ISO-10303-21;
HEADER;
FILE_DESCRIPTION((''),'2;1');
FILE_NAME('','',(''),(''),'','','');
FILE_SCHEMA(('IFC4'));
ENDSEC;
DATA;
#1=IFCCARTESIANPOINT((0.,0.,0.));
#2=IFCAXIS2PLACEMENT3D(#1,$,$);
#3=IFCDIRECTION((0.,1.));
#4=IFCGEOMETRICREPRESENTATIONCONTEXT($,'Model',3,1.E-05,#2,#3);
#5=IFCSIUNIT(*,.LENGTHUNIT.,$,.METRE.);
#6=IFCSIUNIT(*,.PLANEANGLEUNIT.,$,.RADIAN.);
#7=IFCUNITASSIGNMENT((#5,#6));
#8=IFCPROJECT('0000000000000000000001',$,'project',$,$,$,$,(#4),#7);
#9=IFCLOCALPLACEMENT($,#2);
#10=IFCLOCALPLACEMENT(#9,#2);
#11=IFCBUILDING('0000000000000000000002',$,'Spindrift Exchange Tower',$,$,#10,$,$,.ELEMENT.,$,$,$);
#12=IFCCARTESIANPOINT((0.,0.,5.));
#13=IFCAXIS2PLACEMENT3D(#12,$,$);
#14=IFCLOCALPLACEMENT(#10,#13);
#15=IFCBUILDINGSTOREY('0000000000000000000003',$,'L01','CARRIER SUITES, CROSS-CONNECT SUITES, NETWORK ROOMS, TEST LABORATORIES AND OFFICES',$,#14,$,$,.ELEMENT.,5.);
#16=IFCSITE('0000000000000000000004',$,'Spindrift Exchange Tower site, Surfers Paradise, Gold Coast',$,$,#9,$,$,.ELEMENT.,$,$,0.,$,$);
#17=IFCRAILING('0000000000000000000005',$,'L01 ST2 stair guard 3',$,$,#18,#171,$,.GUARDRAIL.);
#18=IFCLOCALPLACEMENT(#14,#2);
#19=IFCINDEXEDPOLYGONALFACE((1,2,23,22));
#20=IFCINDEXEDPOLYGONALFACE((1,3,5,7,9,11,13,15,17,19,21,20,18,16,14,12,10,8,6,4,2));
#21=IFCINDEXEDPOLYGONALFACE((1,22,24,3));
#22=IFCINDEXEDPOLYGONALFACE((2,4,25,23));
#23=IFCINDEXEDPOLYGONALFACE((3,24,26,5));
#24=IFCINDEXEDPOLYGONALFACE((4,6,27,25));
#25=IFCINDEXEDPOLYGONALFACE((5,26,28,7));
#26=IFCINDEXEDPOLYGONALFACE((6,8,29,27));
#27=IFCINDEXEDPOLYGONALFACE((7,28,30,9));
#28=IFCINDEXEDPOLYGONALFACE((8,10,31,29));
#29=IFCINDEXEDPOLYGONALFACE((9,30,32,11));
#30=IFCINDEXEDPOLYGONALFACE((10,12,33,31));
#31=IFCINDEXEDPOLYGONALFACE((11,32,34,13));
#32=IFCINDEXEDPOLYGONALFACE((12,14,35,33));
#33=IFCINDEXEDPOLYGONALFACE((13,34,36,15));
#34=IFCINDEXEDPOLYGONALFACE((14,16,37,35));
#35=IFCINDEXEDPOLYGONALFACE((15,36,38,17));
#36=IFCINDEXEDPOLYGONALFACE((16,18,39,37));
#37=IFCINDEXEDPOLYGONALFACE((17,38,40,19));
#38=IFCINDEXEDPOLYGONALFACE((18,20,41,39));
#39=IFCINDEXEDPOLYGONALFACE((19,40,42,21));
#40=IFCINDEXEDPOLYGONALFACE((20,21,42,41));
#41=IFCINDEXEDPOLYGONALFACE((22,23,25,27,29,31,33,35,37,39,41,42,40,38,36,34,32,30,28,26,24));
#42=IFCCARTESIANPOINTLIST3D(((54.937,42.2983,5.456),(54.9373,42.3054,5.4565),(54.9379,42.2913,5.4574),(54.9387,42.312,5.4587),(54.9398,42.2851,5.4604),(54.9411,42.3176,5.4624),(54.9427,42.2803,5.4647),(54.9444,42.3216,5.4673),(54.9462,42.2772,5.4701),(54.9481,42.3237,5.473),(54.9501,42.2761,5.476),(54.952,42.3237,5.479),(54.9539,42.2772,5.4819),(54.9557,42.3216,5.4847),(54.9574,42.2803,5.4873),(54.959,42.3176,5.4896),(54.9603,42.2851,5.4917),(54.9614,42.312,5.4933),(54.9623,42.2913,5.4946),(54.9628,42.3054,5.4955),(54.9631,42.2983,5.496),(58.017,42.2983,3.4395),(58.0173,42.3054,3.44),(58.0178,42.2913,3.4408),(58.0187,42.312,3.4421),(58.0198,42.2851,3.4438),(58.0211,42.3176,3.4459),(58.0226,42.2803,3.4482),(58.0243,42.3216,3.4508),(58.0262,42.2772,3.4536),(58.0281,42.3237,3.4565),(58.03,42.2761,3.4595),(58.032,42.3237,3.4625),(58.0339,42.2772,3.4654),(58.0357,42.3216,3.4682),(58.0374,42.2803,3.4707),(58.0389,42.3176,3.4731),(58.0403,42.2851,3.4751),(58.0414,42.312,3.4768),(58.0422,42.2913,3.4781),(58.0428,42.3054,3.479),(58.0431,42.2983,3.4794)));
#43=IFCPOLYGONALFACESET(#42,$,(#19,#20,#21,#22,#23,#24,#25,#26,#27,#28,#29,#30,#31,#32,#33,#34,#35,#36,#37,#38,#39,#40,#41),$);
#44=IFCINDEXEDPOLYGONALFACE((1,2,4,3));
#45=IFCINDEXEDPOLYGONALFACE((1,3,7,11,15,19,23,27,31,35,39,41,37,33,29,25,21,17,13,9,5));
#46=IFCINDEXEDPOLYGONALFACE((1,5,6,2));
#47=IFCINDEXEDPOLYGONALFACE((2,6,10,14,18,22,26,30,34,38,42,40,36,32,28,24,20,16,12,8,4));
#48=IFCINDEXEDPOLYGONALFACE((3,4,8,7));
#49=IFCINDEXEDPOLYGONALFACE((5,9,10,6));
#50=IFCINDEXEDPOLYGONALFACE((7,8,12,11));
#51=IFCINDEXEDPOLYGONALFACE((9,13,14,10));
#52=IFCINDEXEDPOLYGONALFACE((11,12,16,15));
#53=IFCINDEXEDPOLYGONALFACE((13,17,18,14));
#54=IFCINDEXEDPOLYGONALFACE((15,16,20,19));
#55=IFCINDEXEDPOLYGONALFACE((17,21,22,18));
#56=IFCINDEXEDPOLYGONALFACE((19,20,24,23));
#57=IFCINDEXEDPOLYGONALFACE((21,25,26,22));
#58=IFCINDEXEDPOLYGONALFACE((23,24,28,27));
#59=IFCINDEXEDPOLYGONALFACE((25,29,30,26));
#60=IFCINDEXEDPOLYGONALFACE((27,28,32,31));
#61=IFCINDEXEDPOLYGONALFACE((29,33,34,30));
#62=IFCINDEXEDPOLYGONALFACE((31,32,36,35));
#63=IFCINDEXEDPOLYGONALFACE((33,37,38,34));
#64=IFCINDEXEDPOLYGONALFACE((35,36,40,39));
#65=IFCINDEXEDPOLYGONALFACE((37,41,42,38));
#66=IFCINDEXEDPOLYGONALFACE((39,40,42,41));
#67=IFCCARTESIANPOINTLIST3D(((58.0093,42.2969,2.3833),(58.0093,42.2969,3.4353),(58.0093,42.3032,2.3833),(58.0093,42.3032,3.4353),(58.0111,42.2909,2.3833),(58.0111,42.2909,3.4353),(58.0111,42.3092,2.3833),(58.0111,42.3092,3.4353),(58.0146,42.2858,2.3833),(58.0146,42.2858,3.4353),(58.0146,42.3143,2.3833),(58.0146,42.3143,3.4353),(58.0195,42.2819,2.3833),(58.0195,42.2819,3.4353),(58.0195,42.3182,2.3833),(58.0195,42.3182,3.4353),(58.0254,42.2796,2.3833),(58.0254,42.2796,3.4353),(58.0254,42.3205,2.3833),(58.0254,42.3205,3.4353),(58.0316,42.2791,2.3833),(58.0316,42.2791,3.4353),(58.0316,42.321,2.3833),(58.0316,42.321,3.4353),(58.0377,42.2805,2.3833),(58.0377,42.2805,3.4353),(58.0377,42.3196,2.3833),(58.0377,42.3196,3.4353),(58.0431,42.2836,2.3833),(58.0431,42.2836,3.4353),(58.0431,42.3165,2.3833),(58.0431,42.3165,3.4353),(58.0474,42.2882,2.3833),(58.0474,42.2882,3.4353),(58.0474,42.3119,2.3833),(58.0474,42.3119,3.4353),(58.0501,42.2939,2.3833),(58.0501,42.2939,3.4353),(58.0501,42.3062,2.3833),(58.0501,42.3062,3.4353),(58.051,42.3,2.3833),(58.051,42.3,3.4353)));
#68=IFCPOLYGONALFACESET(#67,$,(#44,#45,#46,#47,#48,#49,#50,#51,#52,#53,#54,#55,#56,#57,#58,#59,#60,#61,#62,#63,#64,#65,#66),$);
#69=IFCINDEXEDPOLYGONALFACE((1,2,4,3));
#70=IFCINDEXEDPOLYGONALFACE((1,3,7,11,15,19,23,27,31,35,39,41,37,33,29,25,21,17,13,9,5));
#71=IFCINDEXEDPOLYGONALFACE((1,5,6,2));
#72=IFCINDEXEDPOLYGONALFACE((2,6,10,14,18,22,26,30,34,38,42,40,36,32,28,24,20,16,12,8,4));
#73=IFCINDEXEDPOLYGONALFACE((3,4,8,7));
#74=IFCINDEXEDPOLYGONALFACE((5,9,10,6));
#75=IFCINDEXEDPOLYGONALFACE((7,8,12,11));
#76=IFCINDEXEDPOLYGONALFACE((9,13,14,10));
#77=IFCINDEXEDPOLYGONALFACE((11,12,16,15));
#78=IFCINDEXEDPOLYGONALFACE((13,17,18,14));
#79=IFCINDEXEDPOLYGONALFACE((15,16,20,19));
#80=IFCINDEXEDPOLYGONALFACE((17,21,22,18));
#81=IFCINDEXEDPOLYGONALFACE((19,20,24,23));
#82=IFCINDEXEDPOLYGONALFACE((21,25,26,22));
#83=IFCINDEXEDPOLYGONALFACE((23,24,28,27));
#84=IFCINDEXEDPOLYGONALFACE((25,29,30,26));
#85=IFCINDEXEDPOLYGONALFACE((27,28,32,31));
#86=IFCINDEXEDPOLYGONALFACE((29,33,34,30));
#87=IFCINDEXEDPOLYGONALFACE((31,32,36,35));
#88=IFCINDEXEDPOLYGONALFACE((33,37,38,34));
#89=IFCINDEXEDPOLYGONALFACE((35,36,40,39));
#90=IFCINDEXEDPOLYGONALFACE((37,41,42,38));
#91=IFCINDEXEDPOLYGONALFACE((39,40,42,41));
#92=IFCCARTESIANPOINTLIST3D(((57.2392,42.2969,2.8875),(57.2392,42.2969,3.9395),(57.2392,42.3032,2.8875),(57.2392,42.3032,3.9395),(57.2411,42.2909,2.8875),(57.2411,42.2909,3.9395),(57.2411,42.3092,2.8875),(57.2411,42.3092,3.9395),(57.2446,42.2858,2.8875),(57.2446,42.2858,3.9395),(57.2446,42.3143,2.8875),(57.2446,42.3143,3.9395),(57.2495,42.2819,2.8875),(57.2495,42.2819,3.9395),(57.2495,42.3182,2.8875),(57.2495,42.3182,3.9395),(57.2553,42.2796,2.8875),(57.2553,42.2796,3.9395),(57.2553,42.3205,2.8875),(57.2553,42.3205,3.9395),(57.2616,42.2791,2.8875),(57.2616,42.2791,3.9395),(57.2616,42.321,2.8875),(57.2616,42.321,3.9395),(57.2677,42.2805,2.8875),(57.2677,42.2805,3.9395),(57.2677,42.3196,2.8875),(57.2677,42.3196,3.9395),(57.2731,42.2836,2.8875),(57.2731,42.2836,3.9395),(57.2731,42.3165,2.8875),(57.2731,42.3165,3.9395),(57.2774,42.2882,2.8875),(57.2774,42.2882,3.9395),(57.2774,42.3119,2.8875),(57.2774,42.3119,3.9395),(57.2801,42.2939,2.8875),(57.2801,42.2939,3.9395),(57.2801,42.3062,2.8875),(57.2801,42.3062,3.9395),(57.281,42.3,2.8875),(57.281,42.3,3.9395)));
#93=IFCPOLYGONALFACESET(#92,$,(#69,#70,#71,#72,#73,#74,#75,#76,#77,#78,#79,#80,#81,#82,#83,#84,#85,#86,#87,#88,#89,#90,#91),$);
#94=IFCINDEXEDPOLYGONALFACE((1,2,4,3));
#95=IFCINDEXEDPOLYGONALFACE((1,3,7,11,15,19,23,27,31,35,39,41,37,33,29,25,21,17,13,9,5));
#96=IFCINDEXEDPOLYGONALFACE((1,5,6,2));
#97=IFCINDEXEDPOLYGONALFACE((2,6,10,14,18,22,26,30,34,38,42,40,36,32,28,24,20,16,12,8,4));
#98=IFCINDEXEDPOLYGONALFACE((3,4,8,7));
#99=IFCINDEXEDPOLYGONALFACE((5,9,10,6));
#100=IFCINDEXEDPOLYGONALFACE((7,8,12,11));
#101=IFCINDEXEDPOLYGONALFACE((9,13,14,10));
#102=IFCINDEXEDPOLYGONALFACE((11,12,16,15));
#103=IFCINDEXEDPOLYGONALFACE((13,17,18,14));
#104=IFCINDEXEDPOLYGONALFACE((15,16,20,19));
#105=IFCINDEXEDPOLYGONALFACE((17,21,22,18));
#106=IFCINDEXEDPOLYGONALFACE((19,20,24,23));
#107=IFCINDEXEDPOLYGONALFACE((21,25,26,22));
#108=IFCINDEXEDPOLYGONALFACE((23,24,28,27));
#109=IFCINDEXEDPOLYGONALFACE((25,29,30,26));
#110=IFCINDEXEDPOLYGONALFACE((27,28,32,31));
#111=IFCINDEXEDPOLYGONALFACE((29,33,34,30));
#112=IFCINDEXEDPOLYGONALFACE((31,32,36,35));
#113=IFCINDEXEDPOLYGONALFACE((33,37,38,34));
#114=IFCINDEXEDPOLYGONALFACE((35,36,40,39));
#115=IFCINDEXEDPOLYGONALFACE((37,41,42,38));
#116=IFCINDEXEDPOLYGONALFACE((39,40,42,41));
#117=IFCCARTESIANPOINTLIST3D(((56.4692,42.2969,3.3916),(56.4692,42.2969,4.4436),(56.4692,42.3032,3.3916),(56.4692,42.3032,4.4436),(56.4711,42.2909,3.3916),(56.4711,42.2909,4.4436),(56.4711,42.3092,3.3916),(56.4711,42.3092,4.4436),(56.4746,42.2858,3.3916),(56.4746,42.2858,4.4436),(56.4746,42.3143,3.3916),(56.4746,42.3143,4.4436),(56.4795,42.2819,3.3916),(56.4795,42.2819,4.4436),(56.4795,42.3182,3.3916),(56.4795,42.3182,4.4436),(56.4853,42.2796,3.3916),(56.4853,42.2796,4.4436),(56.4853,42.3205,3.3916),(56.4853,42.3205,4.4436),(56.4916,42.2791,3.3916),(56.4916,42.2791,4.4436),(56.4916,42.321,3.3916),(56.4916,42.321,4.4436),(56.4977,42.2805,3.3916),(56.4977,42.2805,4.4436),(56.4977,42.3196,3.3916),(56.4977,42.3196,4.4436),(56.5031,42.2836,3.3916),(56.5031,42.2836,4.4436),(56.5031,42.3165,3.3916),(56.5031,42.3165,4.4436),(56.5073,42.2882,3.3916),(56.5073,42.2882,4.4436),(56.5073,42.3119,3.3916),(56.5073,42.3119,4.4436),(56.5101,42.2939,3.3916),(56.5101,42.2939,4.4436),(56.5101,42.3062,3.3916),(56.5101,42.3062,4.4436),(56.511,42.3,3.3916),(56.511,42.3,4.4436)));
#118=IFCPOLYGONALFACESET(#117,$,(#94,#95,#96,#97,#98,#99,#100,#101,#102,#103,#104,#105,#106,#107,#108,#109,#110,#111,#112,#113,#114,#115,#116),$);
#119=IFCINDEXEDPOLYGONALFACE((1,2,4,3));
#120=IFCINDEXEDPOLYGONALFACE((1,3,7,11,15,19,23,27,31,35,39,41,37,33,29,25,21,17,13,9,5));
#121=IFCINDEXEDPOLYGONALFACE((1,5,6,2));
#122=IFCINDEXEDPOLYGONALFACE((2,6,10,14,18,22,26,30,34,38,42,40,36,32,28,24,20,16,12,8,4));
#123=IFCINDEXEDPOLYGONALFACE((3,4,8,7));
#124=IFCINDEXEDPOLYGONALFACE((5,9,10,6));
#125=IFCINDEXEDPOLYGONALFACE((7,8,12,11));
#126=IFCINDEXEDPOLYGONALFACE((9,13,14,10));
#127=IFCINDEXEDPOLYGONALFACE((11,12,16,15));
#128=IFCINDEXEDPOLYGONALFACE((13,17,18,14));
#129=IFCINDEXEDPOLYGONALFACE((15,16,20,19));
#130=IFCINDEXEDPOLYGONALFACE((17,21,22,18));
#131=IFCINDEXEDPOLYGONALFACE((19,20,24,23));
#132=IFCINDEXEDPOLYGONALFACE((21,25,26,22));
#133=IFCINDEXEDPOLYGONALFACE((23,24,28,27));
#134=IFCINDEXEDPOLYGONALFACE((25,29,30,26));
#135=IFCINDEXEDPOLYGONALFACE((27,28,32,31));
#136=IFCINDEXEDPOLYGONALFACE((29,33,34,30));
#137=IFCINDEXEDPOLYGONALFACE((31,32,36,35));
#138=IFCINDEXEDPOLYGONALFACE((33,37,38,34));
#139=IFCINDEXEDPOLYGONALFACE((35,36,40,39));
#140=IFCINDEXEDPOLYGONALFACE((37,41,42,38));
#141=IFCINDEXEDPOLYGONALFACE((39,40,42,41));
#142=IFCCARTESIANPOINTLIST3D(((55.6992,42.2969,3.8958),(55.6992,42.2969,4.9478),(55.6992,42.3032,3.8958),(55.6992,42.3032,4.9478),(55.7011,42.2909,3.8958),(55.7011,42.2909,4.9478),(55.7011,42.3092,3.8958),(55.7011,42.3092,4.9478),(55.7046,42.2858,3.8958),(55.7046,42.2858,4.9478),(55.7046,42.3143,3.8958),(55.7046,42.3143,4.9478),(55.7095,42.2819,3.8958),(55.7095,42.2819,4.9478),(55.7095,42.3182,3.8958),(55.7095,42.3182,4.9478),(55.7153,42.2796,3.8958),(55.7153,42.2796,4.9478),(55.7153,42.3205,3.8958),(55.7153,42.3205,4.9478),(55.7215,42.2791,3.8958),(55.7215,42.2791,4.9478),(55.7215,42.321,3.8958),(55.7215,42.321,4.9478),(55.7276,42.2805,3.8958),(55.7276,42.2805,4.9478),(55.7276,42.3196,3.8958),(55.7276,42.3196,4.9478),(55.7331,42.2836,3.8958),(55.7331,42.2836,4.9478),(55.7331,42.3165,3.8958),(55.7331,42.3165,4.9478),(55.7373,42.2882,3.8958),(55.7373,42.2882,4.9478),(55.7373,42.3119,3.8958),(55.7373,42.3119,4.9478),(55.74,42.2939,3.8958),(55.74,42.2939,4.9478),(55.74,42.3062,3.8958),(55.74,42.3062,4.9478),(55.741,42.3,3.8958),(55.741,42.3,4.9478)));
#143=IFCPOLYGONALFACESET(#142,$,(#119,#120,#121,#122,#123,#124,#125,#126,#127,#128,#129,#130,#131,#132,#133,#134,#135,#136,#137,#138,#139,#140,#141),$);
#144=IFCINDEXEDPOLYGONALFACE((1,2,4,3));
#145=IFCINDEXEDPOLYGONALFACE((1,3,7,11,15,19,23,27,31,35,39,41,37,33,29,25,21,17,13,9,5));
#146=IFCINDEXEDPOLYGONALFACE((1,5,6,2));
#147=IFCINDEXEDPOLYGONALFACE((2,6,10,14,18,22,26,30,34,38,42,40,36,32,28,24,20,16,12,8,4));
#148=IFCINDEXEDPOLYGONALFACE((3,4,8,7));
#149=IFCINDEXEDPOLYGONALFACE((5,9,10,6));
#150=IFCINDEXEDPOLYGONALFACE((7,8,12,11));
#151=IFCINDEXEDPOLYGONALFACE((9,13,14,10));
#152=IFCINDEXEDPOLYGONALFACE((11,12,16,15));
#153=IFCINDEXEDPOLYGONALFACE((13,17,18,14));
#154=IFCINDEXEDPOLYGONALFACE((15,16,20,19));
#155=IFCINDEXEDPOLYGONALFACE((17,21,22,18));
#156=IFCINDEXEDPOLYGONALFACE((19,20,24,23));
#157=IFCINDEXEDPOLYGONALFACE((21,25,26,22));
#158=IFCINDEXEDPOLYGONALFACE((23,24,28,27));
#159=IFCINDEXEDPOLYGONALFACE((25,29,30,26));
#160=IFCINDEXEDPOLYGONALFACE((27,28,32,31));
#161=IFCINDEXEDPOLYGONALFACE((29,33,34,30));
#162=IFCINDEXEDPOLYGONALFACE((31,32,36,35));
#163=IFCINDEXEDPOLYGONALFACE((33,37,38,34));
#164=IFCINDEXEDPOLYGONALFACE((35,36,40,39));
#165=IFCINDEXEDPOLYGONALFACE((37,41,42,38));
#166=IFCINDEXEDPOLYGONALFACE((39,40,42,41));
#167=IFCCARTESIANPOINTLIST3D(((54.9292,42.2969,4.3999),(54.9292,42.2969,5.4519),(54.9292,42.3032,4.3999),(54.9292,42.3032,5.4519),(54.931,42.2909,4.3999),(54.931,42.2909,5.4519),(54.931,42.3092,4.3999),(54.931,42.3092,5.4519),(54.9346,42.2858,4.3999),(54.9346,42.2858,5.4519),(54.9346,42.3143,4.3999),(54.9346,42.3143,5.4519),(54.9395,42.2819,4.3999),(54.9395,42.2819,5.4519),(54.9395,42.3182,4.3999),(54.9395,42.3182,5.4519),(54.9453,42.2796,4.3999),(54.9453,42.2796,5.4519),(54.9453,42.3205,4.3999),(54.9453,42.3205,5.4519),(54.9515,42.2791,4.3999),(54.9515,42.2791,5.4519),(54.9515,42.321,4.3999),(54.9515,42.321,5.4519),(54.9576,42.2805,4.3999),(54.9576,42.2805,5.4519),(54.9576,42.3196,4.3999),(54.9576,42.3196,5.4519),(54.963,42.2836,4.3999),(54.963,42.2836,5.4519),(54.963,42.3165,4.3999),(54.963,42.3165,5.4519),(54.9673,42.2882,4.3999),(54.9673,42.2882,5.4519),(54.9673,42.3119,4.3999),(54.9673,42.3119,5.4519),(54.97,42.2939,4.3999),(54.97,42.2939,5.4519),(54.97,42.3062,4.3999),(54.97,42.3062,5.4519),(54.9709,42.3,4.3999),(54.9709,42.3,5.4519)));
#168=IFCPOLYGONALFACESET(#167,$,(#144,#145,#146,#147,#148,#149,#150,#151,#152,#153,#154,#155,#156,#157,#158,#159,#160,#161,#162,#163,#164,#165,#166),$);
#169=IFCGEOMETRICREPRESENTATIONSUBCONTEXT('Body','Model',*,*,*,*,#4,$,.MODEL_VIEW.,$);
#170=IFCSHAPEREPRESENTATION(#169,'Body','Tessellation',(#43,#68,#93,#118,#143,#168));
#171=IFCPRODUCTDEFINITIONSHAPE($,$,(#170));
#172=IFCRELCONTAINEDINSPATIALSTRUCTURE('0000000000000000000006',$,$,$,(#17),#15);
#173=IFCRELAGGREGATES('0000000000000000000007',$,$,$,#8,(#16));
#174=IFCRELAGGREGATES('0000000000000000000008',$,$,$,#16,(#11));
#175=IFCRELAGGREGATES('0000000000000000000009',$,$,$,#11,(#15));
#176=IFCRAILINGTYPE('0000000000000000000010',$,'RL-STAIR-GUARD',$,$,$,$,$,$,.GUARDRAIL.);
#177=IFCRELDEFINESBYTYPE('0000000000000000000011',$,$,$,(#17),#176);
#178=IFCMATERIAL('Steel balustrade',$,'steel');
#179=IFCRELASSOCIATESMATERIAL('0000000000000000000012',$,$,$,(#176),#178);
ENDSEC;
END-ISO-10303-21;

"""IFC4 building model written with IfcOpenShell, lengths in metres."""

from ifc_helpers import new_model, si_unit, direction, frame, origin, origin_2d, place, context, subcontext, project, spatial, circle, extrude, material, type_object, element, save


model = new_model("IFC4")

# Units and contexts
model_context = context("Model", 3, precision=1e-05, world=origin(), true_north=direction((0.0, 1.0)))
body_context = subcontext(model_context, "Body", "Model", "MODEL_VIEW")
ifc_project = project(units=[si_unit("LENGTHUNIT", "METRE"), si_unit("PLANEANGLEUNIT", "RADIAN")], contexts=[model_context])

# Site, building, storey
site_placement = place(None, origin())
site = spatial("IfcSite", under=ifc_project, at=site_placement, Name="Spindrift Exchange Tower site, Surfers Paradise, Gold Coast", CompositionType="ELEMENT", RefElevation=0.0)
building_placement = place(site_placement, origin())
building = spatial("IfcBuilding", under=site, at=building_placement, Name="Spindrift Exchange Tower", CompositionType="ELEMENT")
storey_placement = place(building_placement, frame((0.0, 0.0, 5.0)))
storey = spatial("IfcBuildingStorey", under=building, at=storey_placement, Name="L01", Description="CARRIER SUITES, CROSS-CONNECT SUITES, NETWORK ROOMS, TEST LABORATORIES AND OFFICES", CompositionType="ELEMENT", Elevation=5.0)

# Railing
ifc_material_1 = material(Name="Steel balustrade", Category="steel")
railing_type_1 = type_object("IfcRailingType", Name="RL-STAIR-GUARD", PredefinedType="GUARDRAIL", material=ifc_material_1)
railing_1_placement = place(storey_placement, frame((58.03, 42.3, 2.3833)))
element("IfcRailing", 1, at=railing_1_placement, inside=storey, type_object=railing_type_1, Name="L01 ST2 stair guard 3", PredefinedType="GUARDRAIL", context=body_context, shape_type="SweptSolid", body=[
    extrude(circle(Radius=0.0239, at=origin_2d()), frame((0.0, 0.0, 1.0762), z_axis=(-0.836633, 0.0, 0.547764), x_axis=(0.0, -1.0, 0.0)), (0.0, 0.0, 1.0), 3.6814),
    extrude(circle(Radius=0.021, at=origin_2d()), origin(), (0.0, 0.0, 1.0), 1.052),
    extrude(circle(Radius=0.021, at=origin_2d()), frame((-0.77, 0.0, 0.5042)), (0.0, 0.0, 1.0), 1.052),
    extrude(circle(Radius=0.021, at=origin_2d()), frame((-1.54, 0.0, 1.0083)), (0.0, 0.0, 1.0), 1.052),
    extrude(circle(Radius=0.021, at=origin_2d()), frame((-2.3101, 0.0, 1.5125)), (0.0, 0.0, 1.0), 1.052),
    extrude(circle(Radius=0.021, at=origin_2d()), frame((-3.0801, 0.0, 2.0166)), (0.0, 0.0, 1.0), 1.052),
])

save(model, "model.ifc")
